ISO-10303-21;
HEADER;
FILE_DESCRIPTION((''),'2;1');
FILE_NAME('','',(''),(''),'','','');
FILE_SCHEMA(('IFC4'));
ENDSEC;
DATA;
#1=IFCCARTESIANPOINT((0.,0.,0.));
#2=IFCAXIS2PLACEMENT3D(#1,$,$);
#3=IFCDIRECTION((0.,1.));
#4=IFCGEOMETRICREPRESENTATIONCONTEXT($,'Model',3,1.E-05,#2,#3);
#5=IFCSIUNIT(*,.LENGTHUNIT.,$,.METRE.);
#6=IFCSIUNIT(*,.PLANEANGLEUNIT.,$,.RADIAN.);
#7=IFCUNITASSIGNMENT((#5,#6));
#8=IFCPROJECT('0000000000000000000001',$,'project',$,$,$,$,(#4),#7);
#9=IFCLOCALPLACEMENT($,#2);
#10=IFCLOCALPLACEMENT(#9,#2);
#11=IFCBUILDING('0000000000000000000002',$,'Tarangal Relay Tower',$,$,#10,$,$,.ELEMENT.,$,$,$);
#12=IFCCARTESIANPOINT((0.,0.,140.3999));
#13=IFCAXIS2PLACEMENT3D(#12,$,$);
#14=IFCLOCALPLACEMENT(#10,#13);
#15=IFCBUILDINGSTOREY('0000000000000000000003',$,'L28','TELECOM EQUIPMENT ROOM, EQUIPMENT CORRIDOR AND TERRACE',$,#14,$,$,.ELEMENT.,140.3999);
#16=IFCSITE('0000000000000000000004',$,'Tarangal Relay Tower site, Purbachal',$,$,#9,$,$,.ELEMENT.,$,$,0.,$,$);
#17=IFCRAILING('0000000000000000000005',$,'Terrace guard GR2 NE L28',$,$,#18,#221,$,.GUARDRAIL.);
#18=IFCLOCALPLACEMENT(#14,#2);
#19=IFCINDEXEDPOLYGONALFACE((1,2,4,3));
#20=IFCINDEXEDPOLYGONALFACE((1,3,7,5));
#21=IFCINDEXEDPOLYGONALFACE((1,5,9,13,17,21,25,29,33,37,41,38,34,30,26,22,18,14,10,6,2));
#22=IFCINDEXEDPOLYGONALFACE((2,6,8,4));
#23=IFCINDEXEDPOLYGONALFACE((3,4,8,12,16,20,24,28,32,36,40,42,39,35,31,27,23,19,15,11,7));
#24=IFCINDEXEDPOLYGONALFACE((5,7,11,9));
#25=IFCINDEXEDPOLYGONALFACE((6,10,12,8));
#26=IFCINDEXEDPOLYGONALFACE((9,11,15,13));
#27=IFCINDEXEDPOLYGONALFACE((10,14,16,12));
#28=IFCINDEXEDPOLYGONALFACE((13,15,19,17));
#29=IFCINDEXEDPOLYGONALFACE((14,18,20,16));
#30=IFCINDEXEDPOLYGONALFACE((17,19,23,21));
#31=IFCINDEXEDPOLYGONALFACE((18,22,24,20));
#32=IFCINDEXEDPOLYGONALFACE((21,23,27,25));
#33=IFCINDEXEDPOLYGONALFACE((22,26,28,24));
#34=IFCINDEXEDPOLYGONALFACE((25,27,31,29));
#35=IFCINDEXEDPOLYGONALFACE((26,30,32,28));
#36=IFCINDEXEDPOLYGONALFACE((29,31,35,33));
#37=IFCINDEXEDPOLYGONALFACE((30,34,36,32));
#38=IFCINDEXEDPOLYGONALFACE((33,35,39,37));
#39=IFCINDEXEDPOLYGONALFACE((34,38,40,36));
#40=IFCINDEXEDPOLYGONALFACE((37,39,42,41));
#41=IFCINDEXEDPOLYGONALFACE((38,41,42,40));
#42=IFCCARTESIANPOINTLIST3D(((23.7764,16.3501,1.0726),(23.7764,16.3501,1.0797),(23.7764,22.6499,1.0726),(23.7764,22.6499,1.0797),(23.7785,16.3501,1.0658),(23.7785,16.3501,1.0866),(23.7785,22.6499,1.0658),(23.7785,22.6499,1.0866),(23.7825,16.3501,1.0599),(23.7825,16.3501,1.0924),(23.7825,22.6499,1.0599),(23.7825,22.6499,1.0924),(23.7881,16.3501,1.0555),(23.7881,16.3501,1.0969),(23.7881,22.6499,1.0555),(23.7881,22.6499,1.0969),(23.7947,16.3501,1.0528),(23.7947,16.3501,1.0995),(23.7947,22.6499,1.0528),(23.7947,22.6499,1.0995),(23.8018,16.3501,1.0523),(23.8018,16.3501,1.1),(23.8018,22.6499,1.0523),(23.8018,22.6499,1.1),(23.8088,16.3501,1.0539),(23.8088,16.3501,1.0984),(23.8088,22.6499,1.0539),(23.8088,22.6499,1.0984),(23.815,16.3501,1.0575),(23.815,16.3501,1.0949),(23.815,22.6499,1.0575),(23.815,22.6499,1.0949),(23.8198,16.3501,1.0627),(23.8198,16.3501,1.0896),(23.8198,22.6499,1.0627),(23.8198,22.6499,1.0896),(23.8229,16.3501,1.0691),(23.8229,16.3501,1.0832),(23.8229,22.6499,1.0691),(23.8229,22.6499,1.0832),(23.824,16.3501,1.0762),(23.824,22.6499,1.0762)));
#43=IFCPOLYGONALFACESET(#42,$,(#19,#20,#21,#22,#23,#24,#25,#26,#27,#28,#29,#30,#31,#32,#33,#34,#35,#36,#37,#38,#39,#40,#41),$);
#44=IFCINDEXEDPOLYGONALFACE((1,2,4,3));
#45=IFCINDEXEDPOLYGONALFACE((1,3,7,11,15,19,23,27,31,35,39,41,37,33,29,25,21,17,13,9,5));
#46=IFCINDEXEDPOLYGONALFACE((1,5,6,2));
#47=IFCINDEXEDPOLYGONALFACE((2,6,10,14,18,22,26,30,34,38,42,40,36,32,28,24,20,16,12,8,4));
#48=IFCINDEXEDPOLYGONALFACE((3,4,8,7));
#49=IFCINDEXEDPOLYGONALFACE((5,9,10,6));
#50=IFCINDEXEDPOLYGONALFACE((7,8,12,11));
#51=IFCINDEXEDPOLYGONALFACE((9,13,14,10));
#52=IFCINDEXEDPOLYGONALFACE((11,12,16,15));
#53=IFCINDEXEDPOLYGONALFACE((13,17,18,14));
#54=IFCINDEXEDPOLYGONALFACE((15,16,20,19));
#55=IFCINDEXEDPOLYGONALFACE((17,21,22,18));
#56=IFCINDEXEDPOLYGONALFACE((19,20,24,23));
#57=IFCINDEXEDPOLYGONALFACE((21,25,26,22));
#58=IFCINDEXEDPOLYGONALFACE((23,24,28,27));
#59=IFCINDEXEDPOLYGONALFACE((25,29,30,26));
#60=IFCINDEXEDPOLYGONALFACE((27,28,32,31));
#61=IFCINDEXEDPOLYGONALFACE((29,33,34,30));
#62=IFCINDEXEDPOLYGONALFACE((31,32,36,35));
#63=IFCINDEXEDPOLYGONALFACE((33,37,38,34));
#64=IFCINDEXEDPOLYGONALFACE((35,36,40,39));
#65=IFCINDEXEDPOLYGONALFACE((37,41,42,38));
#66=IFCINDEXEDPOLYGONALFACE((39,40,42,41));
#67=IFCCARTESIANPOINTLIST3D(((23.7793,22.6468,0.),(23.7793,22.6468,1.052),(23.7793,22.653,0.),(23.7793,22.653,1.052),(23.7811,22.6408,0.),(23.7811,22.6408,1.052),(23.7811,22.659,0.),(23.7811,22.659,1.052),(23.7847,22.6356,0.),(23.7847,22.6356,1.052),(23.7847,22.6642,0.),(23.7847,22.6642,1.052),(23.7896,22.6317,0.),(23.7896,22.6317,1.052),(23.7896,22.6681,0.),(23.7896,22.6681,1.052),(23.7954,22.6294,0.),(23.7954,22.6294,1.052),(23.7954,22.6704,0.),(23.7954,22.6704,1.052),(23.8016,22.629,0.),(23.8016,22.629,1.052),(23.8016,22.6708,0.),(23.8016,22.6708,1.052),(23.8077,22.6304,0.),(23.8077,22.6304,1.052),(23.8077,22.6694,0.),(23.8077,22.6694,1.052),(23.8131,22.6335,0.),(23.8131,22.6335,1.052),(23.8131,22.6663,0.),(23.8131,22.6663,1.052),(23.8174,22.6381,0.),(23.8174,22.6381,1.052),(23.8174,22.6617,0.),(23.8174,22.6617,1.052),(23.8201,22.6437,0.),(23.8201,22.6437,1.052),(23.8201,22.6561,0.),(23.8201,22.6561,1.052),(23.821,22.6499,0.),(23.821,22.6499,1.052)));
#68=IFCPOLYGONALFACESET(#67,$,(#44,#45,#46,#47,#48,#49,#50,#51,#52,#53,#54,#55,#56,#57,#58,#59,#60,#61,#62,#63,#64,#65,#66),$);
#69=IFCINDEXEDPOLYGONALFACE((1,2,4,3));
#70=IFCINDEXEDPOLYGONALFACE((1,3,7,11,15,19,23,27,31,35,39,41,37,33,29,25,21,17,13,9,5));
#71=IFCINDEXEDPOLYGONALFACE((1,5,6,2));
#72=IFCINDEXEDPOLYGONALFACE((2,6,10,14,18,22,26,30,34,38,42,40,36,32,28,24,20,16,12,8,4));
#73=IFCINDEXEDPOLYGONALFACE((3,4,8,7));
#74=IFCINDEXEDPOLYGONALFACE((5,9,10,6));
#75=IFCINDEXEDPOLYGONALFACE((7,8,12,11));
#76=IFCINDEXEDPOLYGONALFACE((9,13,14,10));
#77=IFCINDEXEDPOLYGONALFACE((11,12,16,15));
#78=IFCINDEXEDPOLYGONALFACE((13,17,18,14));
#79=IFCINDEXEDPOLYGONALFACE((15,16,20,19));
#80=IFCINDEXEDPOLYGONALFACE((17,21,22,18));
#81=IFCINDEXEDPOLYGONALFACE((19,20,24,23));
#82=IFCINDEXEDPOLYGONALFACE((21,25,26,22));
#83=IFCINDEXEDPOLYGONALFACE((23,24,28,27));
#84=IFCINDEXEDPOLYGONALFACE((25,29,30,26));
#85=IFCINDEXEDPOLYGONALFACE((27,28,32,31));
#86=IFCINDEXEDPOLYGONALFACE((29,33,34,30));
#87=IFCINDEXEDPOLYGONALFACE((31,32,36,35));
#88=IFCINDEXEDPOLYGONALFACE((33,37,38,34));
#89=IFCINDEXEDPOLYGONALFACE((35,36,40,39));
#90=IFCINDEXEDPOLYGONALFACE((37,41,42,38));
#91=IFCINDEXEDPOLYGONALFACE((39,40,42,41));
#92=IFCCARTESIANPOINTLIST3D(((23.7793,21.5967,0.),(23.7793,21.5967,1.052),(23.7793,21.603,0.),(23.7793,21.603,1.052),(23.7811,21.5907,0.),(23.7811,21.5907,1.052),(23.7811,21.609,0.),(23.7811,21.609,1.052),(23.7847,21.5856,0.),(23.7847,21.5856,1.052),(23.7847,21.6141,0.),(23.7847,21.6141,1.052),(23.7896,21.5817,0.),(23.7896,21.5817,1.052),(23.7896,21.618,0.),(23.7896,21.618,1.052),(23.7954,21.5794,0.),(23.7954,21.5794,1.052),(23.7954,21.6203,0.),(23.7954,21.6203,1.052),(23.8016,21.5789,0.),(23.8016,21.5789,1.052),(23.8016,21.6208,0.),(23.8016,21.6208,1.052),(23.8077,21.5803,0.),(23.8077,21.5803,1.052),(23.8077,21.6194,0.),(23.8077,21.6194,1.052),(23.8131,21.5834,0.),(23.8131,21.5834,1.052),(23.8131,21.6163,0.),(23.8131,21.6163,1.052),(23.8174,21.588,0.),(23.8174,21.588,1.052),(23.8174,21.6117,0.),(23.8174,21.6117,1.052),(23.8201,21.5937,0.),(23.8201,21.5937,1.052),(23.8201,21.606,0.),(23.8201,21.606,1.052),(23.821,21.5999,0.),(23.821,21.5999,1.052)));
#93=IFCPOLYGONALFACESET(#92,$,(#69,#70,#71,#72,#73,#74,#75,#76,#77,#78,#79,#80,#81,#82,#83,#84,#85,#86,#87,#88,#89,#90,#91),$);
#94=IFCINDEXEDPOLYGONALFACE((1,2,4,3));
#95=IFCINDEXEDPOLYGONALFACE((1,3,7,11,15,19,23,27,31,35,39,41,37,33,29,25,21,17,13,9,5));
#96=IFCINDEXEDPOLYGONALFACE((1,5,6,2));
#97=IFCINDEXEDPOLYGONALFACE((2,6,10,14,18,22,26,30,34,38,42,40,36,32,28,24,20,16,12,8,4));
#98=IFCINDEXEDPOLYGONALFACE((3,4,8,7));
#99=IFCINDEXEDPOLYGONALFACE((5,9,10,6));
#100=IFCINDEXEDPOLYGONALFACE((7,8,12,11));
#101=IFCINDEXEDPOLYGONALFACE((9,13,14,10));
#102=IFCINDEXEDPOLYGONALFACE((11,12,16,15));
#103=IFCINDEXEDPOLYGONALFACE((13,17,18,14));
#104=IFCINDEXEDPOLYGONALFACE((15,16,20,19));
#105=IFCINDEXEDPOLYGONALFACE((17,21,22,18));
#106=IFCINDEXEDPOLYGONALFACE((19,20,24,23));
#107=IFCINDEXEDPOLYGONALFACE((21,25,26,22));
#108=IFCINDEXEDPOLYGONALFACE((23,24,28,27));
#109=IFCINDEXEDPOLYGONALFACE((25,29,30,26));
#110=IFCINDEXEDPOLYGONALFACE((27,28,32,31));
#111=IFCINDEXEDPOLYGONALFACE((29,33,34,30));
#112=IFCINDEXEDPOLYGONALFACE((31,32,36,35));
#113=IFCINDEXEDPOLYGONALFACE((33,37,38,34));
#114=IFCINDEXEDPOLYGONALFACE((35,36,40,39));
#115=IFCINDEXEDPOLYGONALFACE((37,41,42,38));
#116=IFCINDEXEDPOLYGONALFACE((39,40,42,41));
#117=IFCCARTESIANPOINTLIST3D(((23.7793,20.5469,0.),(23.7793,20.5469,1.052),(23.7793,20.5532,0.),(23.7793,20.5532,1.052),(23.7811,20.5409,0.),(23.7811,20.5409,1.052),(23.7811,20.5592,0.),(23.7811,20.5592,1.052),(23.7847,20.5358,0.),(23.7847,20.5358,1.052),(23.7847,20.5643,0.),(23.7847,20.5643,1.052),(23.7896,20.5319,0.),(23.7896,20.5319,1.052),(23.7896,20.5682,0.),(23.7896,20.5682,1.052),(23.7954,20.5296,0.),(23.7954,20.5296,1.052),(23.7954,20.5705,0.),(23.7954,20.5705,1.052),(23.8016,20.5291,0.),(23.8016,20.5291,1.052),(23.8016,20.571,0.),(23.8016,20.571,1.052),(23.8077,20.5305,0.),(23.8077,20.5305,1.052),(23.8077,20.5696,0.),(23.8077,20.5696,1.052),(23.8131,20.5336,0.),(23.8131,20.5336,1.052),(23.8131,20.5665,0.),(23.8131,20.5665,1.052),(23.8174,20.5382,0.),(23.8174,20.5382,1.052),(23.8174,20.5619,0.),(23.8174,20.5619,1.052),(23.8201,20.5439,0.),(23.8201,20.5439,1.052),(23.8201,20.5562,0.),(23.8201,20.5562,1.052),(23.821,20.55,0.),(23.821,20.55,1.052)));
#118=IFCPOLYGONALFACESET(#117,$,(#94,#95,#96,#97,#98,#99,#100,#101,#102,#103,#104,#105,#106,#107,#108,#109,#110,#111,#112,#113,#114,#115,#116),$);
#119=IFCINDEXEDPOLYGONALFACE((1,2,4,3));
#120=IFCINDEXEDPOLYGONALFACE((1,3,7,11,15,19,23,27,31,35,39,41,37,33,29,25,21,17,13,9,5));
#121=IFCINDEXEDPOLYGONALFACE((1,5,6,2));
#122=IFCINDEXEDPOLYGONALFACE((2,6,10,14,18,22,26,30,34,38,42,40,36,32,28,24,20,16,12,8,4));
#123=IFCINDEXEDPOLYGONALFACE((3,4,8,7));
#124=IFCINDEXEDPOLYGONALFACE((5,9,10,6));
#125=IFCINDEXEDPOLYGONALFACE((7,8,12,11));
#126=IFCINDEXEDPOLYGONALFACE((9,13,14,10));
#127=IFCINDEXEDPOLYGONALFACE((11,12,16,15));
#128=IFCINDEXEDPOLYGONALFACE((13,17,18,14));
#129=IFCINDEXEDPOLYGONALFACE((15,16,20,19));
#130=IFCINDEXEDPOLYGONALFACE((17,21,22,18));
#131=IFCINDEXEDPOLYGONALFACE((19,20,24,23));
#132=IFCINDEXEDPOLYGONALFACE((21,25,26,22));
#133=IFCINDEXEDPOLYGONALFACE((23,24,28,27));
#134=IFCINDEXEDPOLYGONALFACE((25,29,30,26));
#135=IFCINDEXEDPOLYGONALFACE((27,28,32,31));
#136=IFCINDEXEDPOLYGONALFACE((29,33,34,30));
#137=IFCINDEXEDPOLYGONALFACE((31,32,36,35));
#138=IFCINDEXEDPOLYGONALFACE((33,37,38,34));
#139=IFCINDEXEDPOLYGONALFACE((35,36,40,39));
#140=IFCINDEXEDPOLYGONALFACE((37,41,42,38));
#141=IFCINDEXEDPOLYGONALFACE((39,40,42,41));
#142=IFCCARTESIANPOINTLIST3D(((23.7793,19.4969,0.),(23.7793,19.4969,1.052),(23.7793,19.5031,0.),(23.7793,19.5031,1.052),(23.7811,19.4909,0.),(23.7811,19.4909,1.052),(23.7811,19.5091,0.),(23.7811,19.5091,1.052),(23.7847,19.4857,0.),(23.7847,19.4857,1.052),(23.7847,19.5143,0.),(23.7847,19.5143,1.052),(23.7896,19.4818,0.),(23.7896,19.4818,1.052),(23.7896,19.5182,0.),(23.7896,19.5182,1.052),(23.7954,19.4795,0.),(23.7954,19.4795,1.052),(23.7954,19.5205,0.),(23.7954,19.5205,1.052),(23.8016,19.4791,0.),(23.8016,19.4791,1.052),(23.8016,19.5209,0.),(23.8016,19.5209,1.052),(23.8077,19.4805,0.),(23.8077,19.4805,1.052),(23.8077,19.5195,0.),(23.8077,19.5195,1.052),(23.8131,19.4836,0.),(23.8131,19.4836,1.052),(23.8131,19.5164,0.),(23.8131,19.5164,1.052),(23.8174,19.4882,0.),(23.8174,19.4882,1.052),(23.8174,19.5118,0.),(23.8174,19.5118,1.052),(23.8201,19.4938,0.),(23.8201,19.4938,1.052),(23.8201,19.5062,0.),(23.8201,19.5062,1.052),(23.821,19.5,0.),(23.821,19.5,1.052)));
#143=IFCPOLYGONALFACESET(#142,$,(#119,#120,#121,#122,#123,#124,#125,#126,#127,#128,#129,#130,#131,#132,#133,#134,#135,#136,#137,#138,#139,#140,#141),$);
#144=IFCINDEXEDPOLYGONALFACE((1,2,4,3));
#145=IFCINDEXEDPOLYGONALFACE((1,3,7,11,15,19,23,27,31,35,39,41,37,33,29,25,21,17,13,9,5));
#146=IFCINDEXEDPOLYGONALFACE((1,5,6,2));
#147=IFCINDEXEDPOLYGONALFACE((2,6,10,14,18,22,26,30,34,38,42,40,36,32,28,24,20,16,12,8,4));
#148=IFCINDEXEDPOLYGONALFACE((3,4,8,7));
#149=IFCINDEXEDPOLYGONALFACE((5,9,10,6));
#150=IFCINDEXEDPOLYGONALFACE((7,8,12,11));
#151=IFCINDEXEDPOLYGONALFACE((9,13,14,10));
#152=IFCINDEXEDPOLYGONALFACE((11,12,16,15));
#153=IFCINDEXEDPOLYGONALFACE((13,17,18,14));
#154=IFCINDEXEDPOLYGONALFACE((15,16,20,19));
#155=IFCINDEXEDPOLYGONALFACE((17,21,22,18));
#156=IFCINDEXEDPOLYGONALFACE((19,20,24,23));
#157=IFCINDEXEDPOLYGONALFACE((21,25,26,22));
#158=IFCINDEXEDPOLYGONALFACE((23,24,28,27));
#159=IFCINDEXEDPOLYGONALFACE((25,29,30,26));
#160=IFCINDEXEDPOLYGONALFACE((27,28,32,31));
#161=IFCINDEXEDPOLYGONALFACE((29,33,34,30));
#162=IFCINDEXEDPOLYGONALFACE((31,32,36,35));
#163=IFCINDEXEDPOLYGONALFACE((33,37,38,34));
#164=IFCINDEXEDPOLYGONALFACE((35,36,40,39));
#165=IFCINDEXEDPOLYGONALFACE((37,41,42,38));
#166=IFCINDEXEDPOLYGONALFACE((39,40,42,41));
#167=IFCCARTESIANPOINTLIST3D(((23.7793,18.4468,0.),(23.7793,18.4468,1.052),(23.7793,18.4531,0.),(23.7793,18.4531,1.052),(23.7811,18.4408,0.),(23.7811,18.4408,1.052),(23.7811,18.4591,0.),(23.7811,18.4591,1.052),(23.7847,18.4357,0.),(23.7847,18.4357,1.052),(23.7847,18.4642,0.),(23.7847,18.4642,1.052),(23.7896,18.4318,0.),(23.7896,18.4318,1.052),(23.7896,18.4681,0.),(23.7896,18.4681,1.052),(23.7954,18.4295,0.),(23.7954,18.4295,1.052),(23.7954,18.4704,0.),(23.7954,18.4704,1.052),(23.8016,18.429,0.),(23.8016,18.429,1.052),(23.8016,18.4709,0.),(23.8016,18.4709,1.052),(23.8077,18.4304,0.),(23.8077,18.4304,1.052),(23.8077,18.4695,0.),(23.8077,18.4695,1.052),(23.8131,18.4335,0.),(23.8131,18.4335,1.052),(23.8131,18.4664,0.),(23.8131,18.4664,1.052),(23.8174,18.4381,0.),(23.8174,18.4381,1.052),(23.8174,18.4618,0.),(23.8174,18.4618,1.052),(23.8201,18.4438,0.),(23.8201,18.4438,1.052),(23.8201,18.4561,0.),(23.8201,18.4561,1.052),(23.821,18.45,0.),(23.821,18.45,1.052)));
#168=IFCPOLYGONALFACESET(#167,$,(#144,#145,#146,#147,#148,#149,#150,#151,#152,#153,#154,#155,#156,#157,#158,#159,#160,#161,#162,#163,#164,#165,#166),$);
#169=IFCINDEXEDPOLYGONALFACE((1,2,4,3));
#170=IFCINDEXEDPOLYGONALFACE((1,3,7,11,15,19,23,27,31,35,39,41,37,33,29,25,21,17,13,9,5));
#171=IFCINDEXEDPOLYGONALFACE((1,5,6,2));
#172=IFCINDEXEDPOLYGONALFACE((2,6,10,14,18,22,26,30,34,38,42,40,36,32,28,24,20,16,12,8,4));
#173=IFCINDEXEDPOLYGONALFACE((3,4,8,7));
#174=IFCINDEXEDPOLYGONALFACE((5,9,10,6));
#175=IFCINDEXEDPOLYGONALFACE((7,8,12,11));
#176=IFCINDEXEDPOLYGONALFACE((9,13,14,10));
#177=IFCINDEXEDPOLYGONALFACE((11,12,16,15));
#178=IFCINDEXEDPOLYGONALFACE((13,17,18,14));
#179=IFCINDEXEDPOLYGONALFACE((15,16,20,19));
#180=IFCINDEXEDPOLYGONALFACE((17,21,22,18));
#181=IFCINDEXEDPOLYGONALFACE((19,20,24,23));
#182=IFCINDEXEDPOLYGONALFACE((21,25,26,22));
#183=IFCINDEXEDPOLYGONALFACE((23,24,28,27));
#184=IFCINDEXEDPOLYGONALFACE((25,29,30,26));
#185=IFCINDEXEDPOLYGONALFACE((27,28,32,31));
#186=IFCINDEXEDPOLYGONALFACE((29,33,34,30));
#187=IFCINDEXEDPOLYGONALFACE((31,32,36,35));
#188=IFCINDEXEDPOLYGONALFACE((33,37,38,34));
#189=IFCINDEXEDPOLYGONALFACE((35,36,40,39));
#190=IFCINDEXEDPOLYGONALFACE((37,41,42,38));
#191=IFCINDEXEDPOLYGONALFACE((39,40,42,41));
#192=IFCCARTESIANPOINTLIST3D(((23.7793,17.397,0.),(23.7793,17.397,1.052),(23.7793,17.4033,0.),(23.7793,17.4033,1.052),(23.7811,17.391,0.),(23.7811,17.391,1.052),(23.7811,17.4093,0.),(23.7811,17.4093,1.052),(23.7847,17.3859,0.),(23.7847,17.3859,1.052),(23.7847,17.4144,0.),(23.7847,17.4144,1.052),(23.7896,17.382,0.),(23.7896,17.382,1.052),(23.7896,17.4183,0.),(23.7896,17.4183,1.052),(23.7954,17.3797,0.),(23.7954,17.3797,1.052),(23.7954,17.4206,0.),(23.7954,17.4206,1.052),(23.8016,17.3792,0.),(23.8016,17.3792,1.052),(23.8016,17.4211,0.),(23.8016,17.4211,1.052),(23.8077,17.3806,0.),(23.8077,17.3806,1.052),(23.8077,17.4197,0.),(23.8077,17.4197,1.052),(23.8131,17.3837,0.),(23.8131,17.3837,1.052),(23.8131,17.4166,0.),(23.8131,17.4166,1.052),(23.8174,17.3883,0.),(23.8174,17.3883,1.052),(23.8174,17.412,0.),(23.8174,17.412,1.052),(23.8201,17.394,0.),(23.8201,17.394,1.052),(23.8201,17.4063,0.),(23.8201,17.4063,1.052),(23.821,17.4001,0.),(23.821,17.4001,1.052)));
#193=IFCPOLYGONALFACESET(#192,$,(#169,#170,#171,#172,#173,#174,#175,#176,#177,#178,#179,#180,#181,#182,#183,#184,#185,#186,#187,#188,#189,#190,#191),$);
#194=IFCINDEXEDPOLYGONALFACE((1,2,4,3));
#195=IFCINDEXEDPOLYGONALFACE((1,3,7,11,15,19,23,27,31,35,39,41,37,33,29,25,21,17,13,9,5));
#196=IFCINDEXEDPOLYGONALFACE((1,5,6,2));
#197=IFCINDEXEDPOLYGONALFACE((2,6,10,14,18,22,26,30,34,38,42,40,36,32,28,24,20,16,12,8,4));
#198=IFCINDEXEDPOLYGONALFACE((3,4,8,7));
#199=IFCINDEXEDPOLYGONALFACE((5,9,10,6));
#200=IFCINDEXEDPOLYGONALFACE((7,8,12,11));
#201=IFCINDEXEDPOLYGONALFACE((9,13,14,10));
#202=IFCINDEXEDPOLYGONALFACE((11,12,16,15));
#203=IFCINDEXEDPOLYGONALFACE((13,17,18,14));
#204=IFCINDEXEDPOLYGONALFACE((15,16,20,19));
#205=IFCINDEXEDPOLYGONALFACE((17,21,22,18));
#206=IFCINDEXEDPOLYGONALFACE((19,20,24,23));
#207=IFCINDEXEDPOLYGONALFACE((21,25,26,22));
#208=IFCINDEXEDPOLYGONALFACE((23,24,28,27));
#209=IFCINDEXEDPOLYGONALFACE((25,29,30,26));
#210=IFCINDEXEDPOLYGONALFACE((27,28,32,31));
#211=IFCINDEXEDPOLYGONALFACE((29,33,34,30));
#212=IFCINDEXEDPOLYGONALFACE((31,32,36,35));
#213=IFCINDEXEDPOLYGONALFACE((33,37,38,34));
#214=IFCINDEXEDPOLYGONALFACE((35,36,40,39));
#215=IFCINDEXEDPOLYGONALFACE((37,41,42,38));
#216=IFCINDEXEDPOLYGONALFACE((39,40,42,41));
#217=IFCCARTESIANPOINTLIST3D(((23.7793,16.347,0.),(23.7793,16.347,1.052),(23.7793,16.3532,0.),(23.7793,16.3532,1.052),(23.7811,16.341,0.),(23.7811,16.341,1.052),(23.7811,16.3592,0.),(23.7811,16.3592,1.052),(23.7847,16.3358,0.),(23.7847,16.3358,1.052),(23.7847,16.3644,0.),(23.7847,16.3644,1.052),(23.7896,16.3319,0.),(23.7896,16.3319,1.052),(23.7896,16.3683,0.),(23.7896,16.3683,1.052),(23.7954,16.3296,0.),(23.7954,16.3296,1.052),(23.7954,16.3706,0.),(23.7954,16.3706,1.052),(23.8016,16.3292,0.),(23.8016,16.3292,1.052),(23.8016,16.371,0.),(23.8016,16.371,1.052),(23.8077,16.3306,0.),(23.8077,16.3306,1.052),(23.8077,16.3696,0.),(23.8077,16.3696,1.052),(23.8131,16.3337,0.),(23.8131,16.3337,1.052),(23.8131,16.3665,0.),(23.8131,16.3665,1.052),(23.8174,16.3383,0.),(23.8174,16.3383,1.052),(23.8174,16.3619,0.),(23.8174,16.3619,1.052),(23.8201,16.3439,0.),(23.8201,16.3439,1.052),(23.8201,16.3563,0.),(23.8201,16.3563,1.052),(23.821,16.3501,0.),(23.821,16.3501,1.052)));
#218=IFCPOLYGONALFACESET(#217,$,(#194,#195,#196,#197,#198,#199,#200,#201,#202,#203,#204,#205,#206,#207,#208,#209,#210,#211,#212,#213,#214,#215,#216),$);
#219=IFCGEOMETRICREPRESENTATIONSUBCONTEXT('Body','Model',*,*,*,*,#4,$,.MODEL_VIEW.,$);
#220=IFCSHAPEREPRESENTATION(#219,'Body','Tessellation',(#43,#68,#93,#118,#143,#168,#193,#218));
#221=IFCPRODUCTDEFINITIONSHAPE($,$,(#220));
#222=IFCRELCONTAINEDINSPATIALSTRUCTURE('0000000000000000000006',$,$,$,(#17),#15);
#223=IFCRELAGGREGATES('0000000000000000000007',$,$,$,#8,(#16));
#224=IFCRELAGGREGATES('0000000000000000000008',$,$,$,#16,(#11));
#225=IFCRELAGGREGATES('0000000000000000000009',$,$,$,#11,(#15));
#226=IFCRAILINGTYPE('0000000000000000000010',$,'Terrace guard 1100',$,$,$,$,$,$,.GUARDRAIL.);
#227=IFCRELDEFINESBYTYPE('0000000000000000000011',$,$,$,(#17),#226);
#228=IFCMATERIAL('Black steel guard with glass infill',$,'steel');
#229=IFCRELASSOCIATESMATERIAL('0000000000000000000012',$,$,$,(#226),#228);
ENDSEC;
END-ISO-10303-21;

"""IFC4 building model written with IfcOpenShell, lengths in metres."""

from ifc_helpers import new_model, si_unit, direction, frame, origin, origin_2d, place, context, subcontext, project, spatial, circle, extrude, material, type_object, element, save


model = new_model("IFC4")

# Units and contexts
model_context = context("Model", 3, precision=1e-05, world=origin(), true_north=direction((0.0, 1.0)))
body_context = subcontext(model_context, "Body", "Model", "MODEL_VIEW")
ifc_project = project(units=[si_unit("LENGTHUNIT", "METRE"), si_unit("PLANEANGLEUNIT", "RADIAN")], contexts=[model_context])

# Site, building, storey
site_placement = place(None, origin())
site = spatial("IfcSite", under=ifc_project, at=site_placement, Name="Tarangal Relay Tower site, Purbachal", CompositionType="ELEMENT", RefElevation=0.0)
building_placement = place(site_placement, origin())
building = spatial("IfcBuilding", under=site, at=building_placement, Name="Tarangal Relay Tower", CompositionType="ELEMENT")
storey_placement = place(building_placement, frame((0.0, 0.0, 140.3999)))
storey = spatial("IfcBuildingStorey", under=building, at=storey_placement, Name="L28", Description="TELECOM EQUIPMENT ROOM, EQUIPMENT CORRIDOR AND TERRACE", CompositionType="ELEMENT", Elevation=140.3999)

# Railing
ifc_material_1 = material(Name="Black steel guard with glass infill", Category="steel")
railing_type = type_object("IfcRailingType", Name="Terrace guard 1100", PredefinedType="GUARDRAIL", material=ifc_material_1)
railing_1_placement = place(storey_placement, frame((23.8, 22.6499, 0.0)))
element("IfcRailing", 1, at=railing_1_placement, inside=storey, type_object=railing_type, Name="Terrace guard GR2 NE L28", PredefinedType="GUARDRAIL", context=body_context, shape_type="SweptSolid", body=[
    extrude(circle(Radius=0.0239, at=origin_2d()), frame((0.0, 0.0, 1.0762), z_axis=(0.0, -1.0, 0.0), x_axis=(1.0, 0.0, 0.0)), (0.0, 0.0, 1.0), 6.2998),
    extrude(circle(Radius=0.021, at=origin_2d()), origin(), (0.0, 0.0, 1.0), 1.052),
    extrude(circle(Radius=0.021, at=origin_2d()), frame((0.0, -1.05, 0.0)), (0.0, 0.0, 1.0), 1.052),
    extrude(circle(Radius=0.021, at=origin_2d()), frame((0.0, -2.0999, 0.0)), (0.0, 0.0, 1.0), 1.052),
    extrude(circle(Radius=0.021, at=origin_2d()), frame((0.0, -3.1499, 0.0)), (0.0, 0.0, 1.0), 1.052),
    extrude(circle(Radius=0.021, at=origin_2d()), frame((0.0, -4.2, 0.0)), (0.0, 0.0, 1.0), 1.052),
    extrude(circle(Radius=0.021, at=origin_2d()), frame((0.0, -5.2498, 0.0)), (0.0, 0.0, 1.0), 1.052),
    extrude(circle(Radius=0.021, at=origin_2d()), frame((0.0, -6.2998, 0.0)), (0.0, 0.0, 1.0), 1.052),
])

save(model, "model.ifc")
